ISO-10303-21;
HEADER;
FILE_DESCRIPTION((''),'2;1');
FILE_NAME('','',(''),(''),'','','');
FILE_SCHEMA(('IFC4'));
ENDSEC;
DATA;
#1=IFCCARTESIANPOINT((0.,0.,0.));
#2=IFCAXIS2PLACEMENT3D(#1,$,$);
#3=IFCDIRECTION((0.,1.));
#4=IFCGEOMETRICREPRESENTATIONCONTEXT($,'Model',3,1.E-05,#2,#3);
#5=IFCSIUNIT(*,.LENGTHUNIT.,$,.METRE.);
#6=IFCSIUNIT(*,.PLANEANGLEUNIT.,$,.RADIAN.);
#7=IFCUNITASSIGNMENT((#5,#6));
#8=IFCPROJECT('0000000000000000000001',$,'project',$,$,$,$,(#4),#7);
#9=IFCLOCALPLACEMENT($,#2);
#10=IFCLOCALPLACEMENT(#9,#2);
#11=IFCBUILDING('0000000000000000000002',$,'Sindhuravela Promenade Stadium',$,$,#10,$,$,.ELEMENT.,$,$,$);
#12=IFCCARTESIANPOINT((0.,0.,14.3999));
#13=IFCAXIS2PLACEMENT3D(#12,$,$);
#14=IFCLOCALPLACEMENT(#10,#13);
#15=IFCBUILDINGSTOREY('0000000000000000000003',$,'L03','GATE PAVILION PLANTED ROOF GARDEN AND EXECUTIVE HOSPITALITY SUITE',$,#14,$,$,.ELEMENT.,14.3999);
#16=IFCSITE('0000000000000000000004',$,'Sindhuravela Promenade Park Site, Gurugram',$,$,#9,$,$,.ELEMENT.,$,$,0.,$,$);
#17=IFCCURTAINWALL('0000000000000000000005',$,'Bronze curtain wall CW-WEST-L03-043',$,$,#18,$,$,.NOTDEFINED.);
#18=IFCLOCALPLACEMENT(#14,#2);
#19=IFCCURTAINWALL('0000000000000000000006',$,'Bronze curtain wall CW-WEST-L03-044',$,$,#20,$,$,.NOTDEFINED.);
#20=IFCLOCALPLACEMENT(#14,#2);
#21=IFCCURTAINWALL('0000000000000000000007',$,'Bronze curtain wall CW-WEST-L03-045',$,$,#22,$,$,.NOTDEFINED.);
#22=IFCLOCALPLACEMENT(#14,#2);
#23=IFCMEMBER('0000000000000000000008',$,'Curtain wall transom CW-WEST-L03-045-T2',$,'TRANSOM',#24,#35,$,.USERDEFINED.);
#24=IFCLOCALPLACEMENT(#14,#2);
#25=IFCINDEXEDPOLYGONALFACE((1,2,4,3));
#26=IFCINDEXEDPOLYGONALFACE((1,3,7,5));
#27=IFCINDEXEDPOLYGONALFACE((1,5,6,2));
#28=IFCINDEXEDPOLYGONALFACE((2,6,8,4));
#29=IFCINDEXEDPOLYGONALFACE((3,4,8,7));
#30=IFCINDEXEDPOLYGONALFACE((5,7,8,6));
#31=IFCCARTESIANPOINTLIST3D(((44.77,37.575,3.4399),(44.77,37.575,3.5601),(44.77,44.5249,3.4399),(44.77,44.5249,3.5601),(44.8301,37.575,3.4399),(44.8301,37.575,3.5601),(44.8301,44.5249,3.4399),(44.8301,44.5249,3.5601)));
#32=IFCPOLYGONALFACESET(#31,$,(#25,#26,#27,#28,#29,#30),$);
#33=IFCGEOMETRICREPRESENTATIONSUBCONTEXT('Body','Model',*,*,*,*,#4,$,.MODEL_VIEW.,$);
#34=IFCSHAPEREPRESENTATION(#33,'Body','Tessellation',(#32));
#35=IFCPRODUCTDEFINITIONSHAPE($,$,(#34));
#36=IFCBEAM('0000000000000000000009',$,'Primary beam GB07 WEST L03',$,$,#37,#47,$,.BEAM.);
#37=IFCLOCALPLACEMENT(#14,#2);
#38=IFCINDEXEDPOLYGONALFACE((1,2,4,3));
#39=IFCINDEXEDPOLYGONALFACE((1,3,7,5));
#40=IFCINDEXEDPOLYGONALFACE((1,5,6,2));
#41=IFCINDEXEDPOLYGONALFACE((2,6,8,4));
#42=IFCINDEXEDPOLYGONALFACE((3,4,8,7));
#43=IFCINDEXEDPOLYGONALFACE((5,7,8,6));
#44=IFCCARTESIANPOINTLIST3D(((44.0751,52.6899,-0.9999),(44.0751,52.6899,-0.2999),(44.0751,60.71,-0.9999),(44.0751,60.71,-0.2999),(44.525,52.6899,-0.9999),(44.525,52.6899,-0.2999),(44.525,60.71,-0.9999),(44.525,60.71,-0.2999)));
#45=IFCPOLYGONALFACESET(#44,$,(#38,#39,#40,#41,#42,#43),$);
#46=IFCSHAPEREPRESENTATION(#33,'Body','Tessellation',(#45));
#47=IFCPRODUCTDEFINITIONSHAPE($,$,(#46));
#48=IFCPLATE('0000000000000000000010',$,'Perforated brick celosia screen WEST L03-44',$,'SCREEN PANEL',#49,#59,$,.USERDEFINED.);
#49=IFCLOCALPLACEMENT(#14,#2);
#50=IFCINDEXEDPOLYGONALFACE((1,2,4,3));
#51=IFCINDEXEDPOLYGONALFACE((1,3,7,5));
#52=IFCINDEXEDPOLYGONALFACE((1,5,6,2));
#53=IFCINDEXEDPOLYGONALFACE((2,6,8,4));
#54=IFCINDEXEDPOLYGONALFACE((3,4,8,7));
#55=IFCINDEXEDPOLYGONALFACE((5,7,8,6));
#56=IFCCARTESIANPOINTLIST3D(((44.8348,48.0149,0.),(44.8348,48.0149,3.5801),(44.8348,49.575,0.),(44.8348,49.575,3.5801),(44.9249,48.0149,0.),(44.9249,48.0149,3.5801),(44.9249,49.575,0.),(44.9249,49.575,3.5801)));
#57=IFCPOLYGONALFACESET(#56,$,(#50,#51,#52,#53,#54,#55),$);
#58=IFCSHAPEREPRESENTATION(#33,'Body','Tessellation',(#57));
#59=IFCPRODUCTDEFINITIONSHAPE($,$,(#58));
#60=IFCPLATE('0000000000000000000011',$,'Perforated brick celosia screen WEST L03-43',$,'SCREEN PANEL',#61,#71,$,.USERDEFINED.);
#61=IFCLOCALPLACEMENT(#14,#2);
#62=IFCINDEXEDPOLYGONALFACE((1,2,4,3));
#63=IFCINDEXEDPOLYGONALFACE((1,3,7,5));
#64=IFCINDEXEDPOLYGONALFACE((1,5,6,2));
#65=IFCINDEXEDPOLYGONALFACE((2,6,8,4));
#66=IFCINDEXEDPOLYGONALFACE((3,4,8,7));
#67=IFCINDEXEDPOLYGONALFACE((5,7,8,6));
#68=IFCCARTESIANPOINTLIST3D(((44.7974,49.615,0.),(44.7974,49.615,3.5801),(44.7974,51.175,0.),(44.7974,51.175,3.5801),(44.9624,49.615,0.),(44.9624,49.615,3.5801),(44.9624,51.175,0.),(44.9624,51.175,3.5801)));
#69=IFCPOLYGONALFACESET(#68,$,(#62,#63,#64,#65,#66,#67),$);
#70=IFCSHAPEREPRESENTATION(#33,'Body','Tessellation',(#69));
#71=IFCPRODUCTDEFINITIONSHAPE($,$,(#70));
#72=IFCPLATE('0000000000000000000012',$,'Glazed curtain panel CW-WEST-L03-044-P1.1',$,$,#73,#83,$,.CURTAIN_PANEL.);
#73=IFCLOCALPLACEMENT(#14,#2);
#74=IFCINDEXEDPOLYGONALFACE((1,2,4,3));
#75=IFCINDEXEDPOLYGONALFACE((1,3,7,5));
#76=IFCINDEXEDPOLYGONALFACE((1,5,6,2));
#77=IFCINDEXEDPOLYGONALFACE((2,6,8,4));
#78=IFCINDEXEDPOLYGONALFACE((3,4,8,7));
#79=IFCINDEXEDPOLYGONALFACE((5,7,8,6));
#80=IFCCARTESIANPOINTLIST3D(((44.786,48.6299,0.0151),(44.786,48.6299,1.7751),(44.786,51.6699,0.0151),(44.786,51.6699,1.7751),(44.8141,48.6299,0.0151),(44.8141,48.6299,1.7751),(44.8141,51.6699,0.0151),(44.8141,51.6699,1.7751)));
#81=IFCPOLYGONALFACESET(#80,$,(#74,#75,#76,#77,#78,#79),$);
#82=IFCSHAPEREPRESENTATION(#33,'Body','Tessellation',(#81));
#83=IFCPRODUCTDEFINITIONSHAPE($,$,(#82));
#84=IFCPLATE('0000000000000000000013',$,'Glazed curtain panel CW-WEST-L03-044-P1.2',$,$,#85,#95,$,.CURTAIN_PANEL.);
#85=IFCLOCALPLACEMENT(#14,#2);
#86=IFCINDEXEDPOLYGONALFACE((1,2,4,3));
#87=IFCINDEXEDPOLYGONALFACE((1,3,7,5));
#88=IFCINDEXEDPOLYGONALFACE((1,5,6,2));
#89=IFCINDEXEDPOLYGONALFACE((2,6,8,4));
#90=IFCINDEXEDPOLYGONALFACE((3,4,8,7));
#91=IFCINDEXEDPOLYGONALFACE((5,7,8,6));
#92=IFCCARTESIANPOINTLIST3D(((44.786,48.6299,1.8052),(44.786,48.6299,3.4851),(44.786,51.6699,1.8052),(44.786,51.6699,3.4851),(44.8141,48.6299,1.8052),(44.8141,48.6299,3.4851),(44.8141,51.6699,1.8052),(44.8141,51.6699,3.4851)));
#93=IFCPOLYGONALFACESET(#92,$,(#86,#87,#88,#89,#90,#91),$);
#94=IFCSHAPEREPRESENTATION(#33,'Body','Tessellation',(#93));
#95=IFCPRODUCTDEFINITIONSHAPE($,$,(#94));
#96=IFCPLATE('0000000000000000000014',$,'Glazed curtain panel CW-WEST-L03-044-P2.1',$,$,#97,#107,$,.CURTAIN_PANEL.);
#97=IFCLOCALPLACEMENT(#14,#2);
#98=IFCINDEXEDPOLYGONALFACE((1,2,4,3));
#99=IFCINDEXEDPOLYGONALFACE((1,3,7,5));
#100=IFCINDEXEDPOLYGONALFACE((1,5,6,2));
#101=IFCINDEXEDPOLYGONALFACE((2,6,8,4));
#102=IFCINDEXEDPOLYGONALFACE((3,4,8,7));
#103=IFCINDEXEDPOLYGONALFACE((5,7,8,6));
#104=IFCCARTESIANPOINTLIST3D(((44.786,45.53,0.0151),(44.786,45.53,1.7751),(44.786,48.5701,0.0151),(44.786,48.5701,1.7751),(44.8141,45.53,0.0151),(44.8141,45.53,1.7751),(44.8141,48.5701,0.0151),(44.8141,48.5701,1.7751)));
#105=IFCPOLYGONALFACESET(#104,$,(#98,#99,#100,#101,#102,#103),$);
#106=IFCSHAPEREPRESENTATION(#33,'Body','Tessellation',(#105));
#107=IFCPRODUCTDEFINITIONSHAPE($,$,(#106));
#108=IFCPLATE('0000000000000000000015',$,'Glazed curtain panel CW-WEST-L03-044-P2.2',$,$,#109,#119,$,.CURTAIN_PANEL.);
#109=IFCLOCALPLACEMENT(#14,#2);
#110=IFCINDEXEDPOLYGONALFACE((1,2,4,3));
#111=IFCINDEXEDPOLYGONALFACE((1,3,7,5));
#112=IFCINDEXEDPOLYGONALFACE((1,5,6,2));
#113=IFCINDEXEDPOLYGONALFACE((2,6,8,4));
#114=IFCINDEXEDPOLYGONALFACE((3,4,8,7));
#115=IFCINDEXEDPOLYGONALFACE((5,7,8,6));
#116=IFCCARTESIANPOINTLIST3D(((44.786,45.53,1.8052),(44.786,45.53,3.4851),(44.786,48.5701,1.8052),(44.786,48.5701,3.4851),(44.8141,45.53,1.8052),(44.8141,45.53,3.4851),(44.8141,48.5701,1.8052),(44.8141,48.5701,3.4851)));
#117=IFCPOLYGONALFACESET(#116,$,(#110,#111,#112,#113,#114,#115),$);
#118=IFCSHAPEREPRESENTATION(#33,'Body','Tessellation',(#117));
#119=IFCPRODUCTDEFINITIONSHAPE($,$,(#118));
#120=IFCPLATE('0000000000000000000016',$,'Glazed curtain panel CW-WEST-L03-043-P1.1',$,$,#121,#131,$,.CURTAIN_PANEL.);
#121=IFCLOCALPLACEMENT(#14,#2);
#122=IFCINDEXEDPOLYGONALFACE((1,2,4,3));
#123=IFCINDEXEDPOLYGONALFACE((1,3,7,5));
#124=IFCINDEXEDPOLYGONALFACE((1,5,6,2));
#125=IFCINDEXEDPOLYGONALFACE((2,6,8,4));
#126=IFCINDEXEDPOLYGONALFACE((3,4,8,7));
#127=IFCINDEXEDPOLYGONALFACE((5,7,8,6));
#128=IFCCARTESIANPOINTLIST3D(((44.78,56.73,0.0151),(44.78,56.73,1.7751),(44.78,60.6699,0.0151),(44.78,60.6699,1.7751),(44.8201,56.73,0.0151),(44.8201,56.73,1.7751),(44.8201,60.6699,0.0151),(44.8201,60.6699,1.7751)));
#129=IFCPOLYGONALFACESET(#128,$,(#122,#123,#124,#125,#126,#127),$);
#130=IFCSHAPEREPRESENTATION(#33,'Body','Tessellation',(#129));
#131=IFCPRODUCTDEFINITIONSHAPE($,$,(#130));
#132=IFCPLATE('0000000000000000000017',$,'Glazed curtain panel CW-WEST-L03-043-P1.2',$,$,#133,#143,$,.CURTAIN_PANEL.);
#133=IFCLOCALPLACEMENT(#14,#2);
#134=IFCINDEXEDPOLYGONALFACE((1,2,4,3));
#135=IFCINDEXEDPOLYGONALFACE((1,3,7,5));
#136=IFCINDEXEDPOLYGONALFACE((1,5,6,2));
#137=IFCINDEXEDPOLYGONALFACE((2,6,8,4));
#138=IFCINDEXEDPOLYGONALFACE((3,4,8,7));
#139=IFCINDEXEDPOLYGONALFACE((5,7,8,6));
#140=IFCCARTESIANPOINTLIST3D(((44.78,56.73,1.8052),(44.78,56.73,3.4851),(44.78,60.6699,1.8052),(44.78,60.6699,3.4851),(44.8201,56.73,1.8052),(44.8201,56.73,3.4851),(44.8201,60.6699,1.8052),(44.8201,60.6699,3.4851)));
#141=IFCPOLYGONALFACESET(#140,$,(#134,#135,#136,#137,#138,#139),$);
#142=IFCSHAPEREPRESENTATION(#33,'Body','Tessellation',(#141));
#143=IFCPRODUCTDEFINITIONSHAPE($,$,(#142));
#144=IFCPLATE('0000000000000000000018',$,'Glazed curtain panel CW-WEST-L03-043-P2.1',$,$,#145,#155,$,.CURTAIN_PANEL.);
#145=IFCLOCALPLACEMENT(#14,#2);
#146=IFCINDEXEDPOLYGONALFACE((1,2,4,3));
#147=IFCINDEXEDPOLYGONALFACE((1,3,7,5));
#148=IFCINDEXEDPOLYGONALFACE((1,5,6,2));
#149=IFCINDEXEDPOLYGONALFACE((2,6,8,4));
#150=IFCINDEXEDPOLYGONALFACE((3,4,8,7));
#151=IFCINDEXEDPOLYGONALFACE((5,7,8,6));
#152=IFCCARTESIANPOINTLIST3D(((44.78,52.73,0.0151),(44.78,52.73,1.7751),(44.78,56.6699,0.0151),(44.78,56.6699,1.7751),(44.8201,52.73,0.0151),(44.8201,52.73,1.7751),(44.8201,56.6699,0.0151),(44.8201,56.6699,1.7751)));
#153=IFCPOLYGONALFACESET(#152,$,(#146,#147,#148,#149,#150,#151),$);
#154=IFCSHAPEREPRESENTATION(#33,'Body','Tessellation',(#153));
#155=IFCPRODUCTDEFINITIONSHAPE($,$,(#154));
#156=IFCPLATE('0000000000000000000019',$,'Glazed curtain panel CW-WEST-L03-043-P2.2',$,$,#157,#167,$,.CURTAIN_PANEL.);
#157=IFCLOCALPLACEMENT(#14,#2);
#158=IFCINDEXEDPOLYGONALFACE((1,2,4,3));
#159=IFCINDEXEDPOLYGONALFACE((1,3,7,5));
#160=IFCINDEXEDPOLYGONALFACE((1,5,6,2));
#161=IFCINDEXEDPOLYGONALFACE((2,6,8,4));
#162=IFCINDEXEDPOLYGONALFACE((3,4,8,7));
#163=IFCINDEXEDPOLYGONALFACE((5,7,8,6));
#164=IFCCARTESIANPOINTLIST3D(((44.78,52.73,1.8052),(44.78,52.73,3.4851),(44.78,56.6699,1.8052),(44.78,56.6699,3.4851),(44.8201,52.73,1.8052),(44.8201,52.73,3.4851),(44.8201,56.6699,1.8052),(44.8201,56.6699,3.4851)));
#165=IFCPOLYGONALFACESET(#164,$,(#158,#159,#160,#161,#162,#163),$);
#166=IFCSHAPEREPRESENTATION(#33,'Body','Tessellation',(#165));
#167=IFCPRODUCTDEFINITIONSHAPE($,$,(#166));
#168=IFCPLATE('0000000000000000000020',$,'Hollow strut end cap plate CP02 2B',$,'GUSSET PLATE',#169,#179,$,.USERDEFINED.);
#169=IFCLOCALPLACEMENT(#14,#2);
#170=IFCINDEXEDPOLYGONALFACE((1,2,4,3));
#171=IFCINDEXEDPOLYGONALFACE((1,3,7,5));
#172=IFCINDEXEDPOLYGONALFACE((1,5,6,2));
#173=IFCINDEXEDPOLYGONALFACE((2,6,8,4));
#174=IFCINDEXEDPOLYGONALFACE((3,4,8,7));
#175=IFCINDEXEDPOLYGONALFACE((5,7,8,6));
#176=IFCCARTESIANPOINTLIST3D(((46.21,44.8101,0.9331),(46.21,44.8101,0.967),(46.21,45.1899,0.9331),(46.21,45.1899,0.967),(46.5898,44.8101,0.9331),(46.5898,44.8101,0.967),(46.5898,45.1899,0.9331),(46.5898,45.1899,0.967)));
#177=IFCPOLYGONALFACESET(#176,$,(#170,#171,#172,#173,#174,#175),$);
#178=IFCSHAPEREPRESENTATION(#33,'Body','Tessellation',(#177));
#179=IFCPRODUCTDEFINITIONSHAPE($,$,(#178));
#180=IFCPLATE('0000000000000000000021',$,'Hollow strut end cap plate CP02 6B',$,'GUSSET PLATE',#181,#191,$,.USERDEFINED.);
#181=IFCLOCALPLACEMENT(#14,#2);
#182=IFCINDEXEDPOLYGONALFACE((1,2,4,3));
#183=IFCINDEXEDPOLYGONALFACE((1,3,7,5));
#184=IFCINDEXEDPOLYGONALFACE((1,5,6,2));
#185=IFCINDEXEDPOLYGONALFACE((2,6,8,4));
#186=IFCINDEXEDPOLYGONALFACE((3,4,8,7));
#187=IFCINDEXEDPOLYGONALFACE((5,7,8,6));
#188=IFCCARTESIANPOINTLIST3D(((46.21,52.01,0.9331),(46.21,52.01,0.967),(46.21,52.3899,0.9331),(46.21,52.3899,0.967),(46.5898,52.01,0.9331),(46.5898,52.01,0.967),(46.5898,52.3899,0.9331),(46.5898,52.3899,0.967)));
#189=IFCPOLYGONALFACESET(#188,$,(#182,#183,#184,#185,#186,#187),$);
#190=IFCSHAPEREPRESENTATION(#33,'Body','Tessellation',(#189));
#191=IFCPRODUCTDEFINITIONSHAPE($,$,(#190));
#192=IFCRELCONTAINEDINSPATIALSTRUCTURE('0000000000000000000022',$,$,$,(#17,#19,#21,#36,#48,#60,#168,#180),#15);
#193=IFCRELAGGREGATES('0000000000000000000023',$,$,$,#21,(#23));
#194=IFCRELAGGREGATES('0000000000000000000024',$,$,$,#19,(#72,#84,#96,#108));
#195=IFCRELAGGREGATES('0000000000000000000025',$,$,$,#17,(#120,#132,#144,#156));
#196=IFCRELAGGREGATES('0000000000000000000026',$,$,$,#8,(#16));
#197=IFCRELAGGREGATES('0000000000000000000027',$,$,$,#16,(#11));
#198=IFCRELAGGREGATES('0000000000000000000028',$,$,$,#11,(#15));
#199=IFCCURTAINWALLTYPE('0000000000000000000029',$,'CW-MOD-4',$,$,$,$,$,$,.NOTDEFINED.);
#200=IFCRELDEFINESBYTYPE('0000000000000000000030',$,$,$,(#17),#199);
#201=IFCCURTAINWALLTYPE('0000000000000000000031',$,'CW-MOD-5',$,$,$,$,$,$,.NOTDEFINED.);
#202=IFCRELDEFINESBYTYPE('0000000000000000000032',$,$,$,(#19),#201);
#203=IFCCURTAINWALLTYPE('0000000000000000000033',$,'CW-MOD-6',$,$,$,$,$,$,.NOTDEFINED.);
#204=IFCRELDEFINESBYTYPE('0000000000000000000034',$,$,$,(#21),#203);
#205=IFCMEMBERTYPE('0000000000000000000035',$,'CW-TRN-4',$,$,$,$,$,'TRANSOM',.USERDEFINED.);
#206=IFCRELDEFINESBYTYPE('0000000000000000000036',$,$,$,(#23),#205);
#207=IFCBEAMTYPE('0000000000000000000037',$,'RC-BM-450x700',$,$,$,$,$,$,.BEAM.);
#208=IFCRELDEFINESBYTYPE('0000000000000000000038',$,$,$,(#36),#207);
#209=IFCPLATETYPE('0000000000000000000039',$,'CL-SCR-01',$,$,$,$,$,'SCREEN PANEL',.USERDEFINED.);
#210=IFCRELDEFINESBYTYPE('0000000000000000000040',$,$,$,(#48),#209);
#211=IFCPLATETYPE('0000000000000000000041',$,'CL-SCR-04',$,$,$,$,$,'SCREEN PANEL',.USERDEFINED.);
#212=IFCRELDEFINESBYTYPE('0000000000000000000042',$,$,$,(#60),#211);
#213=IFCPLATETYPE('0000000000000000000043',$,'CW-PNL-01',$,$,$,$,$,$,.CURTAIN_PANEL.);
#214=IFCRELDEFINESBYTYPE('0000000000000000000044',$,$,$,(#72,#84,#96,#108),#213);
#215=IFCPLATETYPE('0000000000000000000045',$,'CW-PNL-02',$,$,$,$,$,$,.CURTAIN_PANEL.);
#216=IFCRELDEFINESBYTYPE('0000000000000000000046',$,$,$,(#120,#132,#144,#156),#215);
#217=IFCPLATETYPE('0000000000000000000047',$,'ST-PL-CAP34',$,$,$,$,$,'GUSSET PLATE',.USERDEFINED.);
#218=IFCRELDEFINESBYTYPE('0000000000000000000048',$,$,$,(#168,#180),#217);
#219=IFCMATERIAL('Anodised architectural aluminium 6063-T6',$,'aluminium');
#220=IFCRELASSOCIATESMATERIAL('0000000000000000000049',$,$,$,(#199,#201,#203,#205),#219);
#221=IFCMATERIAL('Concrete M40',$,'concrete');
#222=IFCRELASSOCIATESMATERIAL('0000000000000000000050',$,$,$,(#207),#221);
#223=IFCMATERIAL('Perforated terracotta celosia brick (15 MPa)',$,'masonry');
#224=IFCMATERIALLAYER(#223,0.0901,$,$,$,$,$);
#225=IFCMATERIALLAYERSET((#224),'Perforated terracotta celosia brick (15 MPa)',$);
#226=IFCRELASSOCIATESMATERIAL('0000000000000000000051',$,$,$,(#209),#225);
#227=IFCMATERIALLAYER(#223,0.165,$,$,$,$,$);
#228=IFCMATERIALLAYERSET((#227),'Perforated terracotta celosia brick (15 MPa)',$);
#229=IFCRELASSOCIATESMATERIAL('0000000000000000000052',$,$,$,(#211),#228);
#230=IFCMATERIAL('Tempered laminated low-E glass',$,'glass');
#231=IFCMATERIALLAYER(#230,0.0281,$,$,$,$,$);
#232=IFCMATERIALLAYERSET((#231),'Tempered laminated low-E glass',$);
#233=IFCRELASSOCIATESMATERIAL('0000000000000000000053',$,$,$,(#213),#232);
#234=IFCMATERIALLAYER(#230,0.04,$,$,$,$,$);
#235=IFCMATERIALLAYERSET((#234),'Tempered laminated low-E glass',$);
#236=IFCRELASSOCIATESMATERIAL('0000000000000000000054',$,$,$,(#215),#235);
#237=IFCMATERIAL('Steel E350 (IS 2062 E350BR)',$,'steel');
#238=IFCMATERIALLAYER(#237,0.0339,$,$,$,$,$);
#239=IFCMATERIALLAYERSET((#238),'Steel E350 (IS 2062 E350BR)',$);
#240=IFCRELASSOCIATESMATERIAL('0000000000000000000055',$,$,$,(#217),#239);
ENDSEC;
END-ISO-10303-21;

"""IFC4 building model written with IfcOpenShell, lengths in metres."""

from ifc_helpers import new_model, si_unit, direction, frame, origin, origin_2d, place, context, subcontext, project, spatial, rectangle, extrude, material, layer, layer_set, material_profile, profile_set, type_object, element, aggregate, save


model = new_model("IFC4")

# Units and contexts
model_context = context("Model", 3, precision=1e-05, world=origin(), true_north=direction((0.0, 1.0)))
body_context = subcontext(model_context, "Body", "Model", "MODEL_VIEW")
ifc_project = project(units=[si_unit("LENGTHUNIT", "METRE"), si_unit("PLANEANGLEUNIT", "RADIAN")], contexts=[model_context])

# Site, building, storey
site_placement = place(None, origin())
site = spatial("IfcSite", under=ifc_project, at=site_placement, Name="Sindhuravela Promenade Park Site, Gurugram", CompositionType="ELEMENT", RefElevation=0.0)
building_placement = place(site_placement, origin())
building = spatial("IfcBuilding", under=site, at=building_placement, Name="Sindhuravela Promenade Stadium", CompositionType="ELEMENT")
storey_placement = place(building_placement, frame((0.0, 0.0, 14.3999)))
storey = spatial("IfcBuildingStorey", under=building, at=storey_placement, Name="L03", Description="GATE PAVILION PLANTED ROOF GARDEN AND EXECUTIVE HOSPITALITY SUITE", CompositionType="ELEMENT", Elevation=14.3999)

# Shared definitions
ifc_material_1 = material(Name="Concrete M40", Category="concrete")

# Curtain walls
ifc_material_2 = material(Name="Anodised architectural aluminium 6063-T6", Category="aluminium")
curtain_wall_type_1 = type_object("IfcCurtainWallType", Name="CW-MOD-4", PredefinedType="NOTDEFINED", material=ifc_material_2)
curtain_wall_1_placement = place(storey_placement, origin())
curtain_wall_1 = element("IfcCurtainWall", 1, at=curtain_wall_1_placement, inside=storey, type_object=curtain_wall_type_1, Name="Bronze curtain wall CW-WEST-L03-043", PredefinedType="NOTDEFINED")
curtain_wall_type_2 = type_object("IfcCurtainWallType", Name="CW-MOD-5", PredefinedType="NOTDEFINED", material=ifc_material_2)
curtain_wall_2_placement = place(storey_placement, origin())
curtain_wall_2 = element("IfcCurtainWall", 2, at=curtain_wall_2_placement, inside=storey, type_object=curtain_wall_type_2, Name="Bronze curtain wall CW-WEST-L03-044", PredefinedType="NOTDEFINED")

# Curtain wall
curtain_wall_type_3 = type_object("IfcCurtainWallType", Name="CW-MOD-6", PredefinedType="NOTDEFINED", material=ifc_material_2)
curtain_wall_3_placement = place(storey_placement, origin())
curtain_wall_3 = element("IfcCurtainWall", 3, at=curtain_wall_3_placement, inside=storey, type_object=curtain_wall_type_3, Name="Bronze curtain wall CW-WEST-L03-045", PredefinedType="NOTDEFINED")

# Member
ifc_material_profile_1 = material_profile(ifc_material_2, rectangle(XDim=0.0601, YDim=0.1201, at=origin_2d()), Name="ALU T60x120")
ifc_profile_set_1 = profile_set([ifc_material_profile_1], Name="Anodised architectural aluminium 6063-T6")
member_type_1 = type_object("IfcMemberType", Name="CW-TRN-4", ElementType="TRANSOM", PredefinedType="USERDEFINED", material=ifc_profile_set_1)
member_1_placement = place(storey_placement, frame((44.8, 44.5249, 3.5), z_axis=(0.0, -1.0, 0.0), x_axis=(1.0, 0.0, 0.0)))
member_1 = element("IfcMember", 4, at=member_1_placement, type_object=member_type_1, Name="Curtain wall transom CW-WEST-L03-045-T2", ObjectType="TRANSOM", PredefinedType="USERDEFINED", context=body_context, shape_type="SweptSolid", body=[
    extrude(rectangle(XDim=0.0601, YDim=0.1201, at=origin_2d()), origin(), (0.0, 0.0, 1.0), 6.95),
])
aggregate(curtain_wall_3, [member_1])

# Beam
ifc_material_profile_2 = material_profile(ifc_material_1, rectangle(XDim=0.45, YDim=0.7, at=origin_2d()), Name="RC 450x700")
ifc_profile_set_2 = profile_set([ifc_material_profile_2], Name="Concrete M40")
beam_type = type_object("IfcBeamType", Name="RC-BM-450x700", PredefinedType="BEAM", material=ifc_profile_set_2)
beam_placement = place(storey_placement, frame((44.3, 52.6899, -0.6499), z_axis=(0.0, 1.0, 0.0), x_axis=(-1.0, 0.0, 0.0)))
element("IfcBeam", 5, at=beam_placement, inside=storey, type_object=beam_type, Name="Primary beam GB07 WEST L03", PredefinedType="BEAM", context=body_context, shape_type="SweptSolid", body=[
    extrude(rectangle(XDim=0.45, YDim=0.7, at=origin_2d()), origin(), (0.0, 0.0, 1.0), 8.02),
])

# Plates
ifc_material_3 = material(Name="Perforated terracotta celosia brick (15 MPa)", Category="masonry")
ifc_layer_1 = layer(ifc_material_3, 0.0901)
ifc_layer_set_1 = layer_set([ifc_layer_1], Name="Perforated terracotta celosia brick (15 MPa)")
plate_type_1 = type_object("IfcPlateType", Name="CL-SCR-01", ElementType="SCREEN PANEL", PredefinedType="USERDEFINED", material=ifc_layer_set_1)
plate_1_placement = place(storey_placement, frame((44.8799, 48.7949, 0.0), z_axis=(0.0, 0.0, 1.0), x_axis=(0.0, -1.0, 0.0)))
element("IfcPlate", 6, at=plate_1_placement, inside=storey, type_object=plate_type_1, Name="Perforated brick celosia screen WEST L03-44", ObjectType="SCREEN PANEL", PredefinedType="USERDEFINED", context=body_context, shape_type="SweptSolid", body=[
    extrude(rectangle(XDim=1.5601, YDim=0.0901, at=origin_2d()), origin(), (0.0, 0.0, 1.0), 3.5801),
])
ifc_layer_2 = layer(ifc_material_3, 0.165)
ifc_layer_set_2 = layer_set([ifc_layer_2], Name="Perforated terracotta celosia brick (15 MPa)")
plate_type_2 = type_object("IfcPlateType", Name="CL-SCR-04", ElementType="SCREEN PANEL", PredefinedType="USERDEFINED", material=ifc_layer_set_2)
plate_2_placement = place(storey_placement, frame((44.8799, 50.395, 0.0), z_axis=(0.0, 0.0, 1.0), x_axis=(0.0, -1.0, 0.0)))
element("IfcPlate", 7, at=plate_2_placement, inside=storey, type_object=plate_type_2, Name="Perforated brick celosia screen WEST L03-43", ObjectType="SCREEN PANEL", PredefinedType="USERDEFINED", context=body_context, shape_type="SweptSolid", body=[
    extrude(rectangle(XDim=1.5601, YDim=0.165, at=origin_2d()), origin(), (0.0, 0.0, 1.0), 3.5801),
])

# Plates
ifc_material_4 = material(Name="Tempered laminated low-E glass", Category="glass")
ifc_layer_3 = layer(ifc_material_4, 0.0281)
ifc_layer_set_3 = layer_set([ifc_layer_3], Name="Tempered laminated low-E glass")
plate_type_3 = type_object("IfcPlateType", Name="CW-PNL-01", PredefinedType="CURTAIN_PANEL", material=ifc_layer_set_3)
plate_3_placement = place(storey_placement, frame((44.8, 50.1499, 0.0151), z_axis=(0.0, 0.0, 1.0), x_axis=(0.0, -1.0, 0.0)))
plate_3 = element("IfcPlate", 8, at=plate_3_placement, type_object=plate_type_3, Name="Glazed curtain panel CW-WEST-L03-044-P1.1", PredefinedType="CURTAIN_PANEL", context=body_context, shape_type="SweptSolid", body=[
    extrude(rectangle(XDim=3.04, YDim=0.0281, at=origin_2d()), origin(), (0.0, 0.0, 1.0), 1.76),
])
plate_4_placement = place(storey_placement, frame((44.8, 50.1499, 1.8052), z_axis=(0.0, 0.0, 1.0), x_axis=(0.0, -1.0, 0.0)))
plate_4 = element("IfcPlate", 9, at=plate_4_placement, type_object=plate_type_3, Name="Glazed curtain panel CW-WEST-L03-044-P1.2", PredefinedType="CURTAIN_PANEL", context=body_context, shape_type="SweptSolid", body=[
    extrude(rectangle(XDim=3.04, YDim=0.0281, at=origin_2d()), origin(), (0.0, 0.0, 1.0), 1.6799),
])
plate_5_placement = place(storey_placement, frame((44.8, 47.05, 0.0151), z_axis=(0.0, 0.0, 1.0), x_axis=(0.0, -1.0, 0.0)))
plate_5 = element("IfcPlate", 10, at=plate_5_placement, type_object=plate_type_3, Name="Glazed curtain panel CW-WEST-L03-044-P2.1", PredefinedType="CURTAIN_PANEL", context=body_context, shape_type="SweptSolid", body=[
    extrude(rectangle(XDim=3.04, YDim=0.0281, at=origin_2d()), origin(), (0.0, 0.0, 1.0), 1.76),
])
plate_6_placement = place(storey_placement, frame((44.8, 47.05, 1.8052), z_axis=(0.0, 0.0, 1.0), x_axis=(0.0, -1.0, 0.0)))
plate_6 = element("IfcPlate", 11, at=plate_6_placement, type_object=plate_type_3, Name="Glazed curtain panel CW-WEST-L03-044-P2.2", PredefinedType="CURTAIN_PANEL", context=body_context, shape_type="SweptSolid", body=[
    extrude(rectangle(XDim=3.04, YDim=0.0281, at=origin_2d()), origin(), (0.0, 0.0, 1.0), 1.6799),
])
aggregate(curtain_wall_2, [plate_3, plate_4, plate_5, plate_6])
ifc_layer_4 = layer(ifc_material_4, 0.04)
ifc_layer_set_4 = layer_set([ifc_layer_4], Name="Tempered laminated low-E glass")
plate_type_4 = type_object("IfcPlateType", Name="CW-PNL-02", PredefinedType="CURTAIN_PANEL", material=ifc_layer_set_4)
plate_7_placement = place(storey_placement, frame((44.8, 58.7, 0.0151), z_axis=(0.0, 0.0, 1.0), x_axis=(0.0, -1.0, 0.0)))
plate_7 = element("IfcPlate", 12, at=plate_7_placement, type_object=plate_type_4, Name="Glazed curtain panel CW-WEST-L03-043-P1.1", PredefinedType="CURTAIN_PANEL", context=body_context, shape_type="SweptSolid", body=[
    extrude(rectangle(XDim=3.9399, YDim=0.04, at=origin_2d()), origin(), (0.0, 0.0, 1.0), 1.76),
])
plate_8_placement = place(storey_placement, frame((44.8, 58.7, 1.8052), z_axis=(0.0, 0.0, 1.0), x_axis=(0.0, -1.0, 0.0)))
plate_8 = element("IfcPlate", 13, at=plate_8_placement, type_object=plate_type_4, Name="Glazed curtain panel CW-WEST-L03-043-P1.2", PredefinedType="CURTAIN_PANEL", context=body_context, shape_type="SweptSolid", body=[
    extrude(rectangle(XDim=3.9399, YDim=0.04, at=origin_2d()), origin(), (0.0, 0.0, 1.0), 1.6799),
])
plate_9_placement = place(storey_placement, frame((44.8, 54.7, 0.0151), z_axis=(0.0, 0.0, 1.0), x_axis=(0.0, -1.0, 0.0)))
plate_9 = element("IfcPlate", 14, at=plate_9_placement, type_object=plate_type_4, Name="Glazed curtain panel CW-WEST-L03-043-P2.1", PredefinedType="CURTAIN_PANEL", context=body_context, shape_type="SweptSolid", body=[
    extrude(rectangle(XDim=3.9399, YDim=0.04, at=origin_2d()), origin(), (0.0, 0.0, 1.0), 1.76),
])
plate_10_placement = place(storey_placement, frame((44.8, 54.7, 1.8052), z_axis=(0.0, 0.0, 1.0), x_axis=(0.0, -1.0, 0.0)))
plate_10 = element("IfcPlate", 15, at=plate_10_placement, type_object=plate_type_4, Name="Glazed curtain panel CW-WEST-L03-043-P2.2", PredefinedType="CURTAIN_PANEL", context=body_context, shape_type="SweptSolid", body=[
    extrude(rectangle(XDim=3.9399, YDim=0.04, at=origin_2d()), origin(), (0.0, 0.0, 1.0), 1.6799),
])
aggregate(curtain_wall_1, [plate_7, plate_8, plate_9, plate_10])

# Plates
ifc_material_5 = material(Name="Steel E350 (IS 2062 E350BR)", Category="steel")
ifc_layer_5 = layer(ifc_material_5, 0.0339)
ifc_layer_set_5 = layer_set([ifc_layer_5], Name="Steel E350 (IS 2062 E350BR)")
plate_type_5 = type_object("IfcPlateType", Name="ST-PL-CAP34", ElementType="GUSSET PLATE", PredefinedType="USERDEFINED", material=ifc_layer_set_5)
for number, where, z_axis, x_axis, name in (
    (16, (46.3999, 45.0, 0.9331), (0.0, 0.0, 1.0), (1.0, 0.0, 0.0), "Hollow strut end cap plate CP02 2B"),
    (17, (46.3999, 52.2, 0.9331), (0.0, 0.0, 1.0), (1.0, 0.0, 0.0), "Hollow strut end cap plate CP02 6B"),
):
    element("IfcPlate", number, at=place(storey_placement, frame(where, z_axis=z_axis, x_axis=x_axis)), inside=storey, type_object=plate_type_5, Name=name, ObjectType="GUSSET PLATE", PredefinedType="USERDEFINED", context=body_context, shape_type="SweptSolid", body=[
        extrude(rectangle(XDim=0.3799, YDim=0.3799, at=origin_2d()), origin(), (0.0, 0.0, 1.0), 0.0339),
    ])

save(model, "model.ifc")
